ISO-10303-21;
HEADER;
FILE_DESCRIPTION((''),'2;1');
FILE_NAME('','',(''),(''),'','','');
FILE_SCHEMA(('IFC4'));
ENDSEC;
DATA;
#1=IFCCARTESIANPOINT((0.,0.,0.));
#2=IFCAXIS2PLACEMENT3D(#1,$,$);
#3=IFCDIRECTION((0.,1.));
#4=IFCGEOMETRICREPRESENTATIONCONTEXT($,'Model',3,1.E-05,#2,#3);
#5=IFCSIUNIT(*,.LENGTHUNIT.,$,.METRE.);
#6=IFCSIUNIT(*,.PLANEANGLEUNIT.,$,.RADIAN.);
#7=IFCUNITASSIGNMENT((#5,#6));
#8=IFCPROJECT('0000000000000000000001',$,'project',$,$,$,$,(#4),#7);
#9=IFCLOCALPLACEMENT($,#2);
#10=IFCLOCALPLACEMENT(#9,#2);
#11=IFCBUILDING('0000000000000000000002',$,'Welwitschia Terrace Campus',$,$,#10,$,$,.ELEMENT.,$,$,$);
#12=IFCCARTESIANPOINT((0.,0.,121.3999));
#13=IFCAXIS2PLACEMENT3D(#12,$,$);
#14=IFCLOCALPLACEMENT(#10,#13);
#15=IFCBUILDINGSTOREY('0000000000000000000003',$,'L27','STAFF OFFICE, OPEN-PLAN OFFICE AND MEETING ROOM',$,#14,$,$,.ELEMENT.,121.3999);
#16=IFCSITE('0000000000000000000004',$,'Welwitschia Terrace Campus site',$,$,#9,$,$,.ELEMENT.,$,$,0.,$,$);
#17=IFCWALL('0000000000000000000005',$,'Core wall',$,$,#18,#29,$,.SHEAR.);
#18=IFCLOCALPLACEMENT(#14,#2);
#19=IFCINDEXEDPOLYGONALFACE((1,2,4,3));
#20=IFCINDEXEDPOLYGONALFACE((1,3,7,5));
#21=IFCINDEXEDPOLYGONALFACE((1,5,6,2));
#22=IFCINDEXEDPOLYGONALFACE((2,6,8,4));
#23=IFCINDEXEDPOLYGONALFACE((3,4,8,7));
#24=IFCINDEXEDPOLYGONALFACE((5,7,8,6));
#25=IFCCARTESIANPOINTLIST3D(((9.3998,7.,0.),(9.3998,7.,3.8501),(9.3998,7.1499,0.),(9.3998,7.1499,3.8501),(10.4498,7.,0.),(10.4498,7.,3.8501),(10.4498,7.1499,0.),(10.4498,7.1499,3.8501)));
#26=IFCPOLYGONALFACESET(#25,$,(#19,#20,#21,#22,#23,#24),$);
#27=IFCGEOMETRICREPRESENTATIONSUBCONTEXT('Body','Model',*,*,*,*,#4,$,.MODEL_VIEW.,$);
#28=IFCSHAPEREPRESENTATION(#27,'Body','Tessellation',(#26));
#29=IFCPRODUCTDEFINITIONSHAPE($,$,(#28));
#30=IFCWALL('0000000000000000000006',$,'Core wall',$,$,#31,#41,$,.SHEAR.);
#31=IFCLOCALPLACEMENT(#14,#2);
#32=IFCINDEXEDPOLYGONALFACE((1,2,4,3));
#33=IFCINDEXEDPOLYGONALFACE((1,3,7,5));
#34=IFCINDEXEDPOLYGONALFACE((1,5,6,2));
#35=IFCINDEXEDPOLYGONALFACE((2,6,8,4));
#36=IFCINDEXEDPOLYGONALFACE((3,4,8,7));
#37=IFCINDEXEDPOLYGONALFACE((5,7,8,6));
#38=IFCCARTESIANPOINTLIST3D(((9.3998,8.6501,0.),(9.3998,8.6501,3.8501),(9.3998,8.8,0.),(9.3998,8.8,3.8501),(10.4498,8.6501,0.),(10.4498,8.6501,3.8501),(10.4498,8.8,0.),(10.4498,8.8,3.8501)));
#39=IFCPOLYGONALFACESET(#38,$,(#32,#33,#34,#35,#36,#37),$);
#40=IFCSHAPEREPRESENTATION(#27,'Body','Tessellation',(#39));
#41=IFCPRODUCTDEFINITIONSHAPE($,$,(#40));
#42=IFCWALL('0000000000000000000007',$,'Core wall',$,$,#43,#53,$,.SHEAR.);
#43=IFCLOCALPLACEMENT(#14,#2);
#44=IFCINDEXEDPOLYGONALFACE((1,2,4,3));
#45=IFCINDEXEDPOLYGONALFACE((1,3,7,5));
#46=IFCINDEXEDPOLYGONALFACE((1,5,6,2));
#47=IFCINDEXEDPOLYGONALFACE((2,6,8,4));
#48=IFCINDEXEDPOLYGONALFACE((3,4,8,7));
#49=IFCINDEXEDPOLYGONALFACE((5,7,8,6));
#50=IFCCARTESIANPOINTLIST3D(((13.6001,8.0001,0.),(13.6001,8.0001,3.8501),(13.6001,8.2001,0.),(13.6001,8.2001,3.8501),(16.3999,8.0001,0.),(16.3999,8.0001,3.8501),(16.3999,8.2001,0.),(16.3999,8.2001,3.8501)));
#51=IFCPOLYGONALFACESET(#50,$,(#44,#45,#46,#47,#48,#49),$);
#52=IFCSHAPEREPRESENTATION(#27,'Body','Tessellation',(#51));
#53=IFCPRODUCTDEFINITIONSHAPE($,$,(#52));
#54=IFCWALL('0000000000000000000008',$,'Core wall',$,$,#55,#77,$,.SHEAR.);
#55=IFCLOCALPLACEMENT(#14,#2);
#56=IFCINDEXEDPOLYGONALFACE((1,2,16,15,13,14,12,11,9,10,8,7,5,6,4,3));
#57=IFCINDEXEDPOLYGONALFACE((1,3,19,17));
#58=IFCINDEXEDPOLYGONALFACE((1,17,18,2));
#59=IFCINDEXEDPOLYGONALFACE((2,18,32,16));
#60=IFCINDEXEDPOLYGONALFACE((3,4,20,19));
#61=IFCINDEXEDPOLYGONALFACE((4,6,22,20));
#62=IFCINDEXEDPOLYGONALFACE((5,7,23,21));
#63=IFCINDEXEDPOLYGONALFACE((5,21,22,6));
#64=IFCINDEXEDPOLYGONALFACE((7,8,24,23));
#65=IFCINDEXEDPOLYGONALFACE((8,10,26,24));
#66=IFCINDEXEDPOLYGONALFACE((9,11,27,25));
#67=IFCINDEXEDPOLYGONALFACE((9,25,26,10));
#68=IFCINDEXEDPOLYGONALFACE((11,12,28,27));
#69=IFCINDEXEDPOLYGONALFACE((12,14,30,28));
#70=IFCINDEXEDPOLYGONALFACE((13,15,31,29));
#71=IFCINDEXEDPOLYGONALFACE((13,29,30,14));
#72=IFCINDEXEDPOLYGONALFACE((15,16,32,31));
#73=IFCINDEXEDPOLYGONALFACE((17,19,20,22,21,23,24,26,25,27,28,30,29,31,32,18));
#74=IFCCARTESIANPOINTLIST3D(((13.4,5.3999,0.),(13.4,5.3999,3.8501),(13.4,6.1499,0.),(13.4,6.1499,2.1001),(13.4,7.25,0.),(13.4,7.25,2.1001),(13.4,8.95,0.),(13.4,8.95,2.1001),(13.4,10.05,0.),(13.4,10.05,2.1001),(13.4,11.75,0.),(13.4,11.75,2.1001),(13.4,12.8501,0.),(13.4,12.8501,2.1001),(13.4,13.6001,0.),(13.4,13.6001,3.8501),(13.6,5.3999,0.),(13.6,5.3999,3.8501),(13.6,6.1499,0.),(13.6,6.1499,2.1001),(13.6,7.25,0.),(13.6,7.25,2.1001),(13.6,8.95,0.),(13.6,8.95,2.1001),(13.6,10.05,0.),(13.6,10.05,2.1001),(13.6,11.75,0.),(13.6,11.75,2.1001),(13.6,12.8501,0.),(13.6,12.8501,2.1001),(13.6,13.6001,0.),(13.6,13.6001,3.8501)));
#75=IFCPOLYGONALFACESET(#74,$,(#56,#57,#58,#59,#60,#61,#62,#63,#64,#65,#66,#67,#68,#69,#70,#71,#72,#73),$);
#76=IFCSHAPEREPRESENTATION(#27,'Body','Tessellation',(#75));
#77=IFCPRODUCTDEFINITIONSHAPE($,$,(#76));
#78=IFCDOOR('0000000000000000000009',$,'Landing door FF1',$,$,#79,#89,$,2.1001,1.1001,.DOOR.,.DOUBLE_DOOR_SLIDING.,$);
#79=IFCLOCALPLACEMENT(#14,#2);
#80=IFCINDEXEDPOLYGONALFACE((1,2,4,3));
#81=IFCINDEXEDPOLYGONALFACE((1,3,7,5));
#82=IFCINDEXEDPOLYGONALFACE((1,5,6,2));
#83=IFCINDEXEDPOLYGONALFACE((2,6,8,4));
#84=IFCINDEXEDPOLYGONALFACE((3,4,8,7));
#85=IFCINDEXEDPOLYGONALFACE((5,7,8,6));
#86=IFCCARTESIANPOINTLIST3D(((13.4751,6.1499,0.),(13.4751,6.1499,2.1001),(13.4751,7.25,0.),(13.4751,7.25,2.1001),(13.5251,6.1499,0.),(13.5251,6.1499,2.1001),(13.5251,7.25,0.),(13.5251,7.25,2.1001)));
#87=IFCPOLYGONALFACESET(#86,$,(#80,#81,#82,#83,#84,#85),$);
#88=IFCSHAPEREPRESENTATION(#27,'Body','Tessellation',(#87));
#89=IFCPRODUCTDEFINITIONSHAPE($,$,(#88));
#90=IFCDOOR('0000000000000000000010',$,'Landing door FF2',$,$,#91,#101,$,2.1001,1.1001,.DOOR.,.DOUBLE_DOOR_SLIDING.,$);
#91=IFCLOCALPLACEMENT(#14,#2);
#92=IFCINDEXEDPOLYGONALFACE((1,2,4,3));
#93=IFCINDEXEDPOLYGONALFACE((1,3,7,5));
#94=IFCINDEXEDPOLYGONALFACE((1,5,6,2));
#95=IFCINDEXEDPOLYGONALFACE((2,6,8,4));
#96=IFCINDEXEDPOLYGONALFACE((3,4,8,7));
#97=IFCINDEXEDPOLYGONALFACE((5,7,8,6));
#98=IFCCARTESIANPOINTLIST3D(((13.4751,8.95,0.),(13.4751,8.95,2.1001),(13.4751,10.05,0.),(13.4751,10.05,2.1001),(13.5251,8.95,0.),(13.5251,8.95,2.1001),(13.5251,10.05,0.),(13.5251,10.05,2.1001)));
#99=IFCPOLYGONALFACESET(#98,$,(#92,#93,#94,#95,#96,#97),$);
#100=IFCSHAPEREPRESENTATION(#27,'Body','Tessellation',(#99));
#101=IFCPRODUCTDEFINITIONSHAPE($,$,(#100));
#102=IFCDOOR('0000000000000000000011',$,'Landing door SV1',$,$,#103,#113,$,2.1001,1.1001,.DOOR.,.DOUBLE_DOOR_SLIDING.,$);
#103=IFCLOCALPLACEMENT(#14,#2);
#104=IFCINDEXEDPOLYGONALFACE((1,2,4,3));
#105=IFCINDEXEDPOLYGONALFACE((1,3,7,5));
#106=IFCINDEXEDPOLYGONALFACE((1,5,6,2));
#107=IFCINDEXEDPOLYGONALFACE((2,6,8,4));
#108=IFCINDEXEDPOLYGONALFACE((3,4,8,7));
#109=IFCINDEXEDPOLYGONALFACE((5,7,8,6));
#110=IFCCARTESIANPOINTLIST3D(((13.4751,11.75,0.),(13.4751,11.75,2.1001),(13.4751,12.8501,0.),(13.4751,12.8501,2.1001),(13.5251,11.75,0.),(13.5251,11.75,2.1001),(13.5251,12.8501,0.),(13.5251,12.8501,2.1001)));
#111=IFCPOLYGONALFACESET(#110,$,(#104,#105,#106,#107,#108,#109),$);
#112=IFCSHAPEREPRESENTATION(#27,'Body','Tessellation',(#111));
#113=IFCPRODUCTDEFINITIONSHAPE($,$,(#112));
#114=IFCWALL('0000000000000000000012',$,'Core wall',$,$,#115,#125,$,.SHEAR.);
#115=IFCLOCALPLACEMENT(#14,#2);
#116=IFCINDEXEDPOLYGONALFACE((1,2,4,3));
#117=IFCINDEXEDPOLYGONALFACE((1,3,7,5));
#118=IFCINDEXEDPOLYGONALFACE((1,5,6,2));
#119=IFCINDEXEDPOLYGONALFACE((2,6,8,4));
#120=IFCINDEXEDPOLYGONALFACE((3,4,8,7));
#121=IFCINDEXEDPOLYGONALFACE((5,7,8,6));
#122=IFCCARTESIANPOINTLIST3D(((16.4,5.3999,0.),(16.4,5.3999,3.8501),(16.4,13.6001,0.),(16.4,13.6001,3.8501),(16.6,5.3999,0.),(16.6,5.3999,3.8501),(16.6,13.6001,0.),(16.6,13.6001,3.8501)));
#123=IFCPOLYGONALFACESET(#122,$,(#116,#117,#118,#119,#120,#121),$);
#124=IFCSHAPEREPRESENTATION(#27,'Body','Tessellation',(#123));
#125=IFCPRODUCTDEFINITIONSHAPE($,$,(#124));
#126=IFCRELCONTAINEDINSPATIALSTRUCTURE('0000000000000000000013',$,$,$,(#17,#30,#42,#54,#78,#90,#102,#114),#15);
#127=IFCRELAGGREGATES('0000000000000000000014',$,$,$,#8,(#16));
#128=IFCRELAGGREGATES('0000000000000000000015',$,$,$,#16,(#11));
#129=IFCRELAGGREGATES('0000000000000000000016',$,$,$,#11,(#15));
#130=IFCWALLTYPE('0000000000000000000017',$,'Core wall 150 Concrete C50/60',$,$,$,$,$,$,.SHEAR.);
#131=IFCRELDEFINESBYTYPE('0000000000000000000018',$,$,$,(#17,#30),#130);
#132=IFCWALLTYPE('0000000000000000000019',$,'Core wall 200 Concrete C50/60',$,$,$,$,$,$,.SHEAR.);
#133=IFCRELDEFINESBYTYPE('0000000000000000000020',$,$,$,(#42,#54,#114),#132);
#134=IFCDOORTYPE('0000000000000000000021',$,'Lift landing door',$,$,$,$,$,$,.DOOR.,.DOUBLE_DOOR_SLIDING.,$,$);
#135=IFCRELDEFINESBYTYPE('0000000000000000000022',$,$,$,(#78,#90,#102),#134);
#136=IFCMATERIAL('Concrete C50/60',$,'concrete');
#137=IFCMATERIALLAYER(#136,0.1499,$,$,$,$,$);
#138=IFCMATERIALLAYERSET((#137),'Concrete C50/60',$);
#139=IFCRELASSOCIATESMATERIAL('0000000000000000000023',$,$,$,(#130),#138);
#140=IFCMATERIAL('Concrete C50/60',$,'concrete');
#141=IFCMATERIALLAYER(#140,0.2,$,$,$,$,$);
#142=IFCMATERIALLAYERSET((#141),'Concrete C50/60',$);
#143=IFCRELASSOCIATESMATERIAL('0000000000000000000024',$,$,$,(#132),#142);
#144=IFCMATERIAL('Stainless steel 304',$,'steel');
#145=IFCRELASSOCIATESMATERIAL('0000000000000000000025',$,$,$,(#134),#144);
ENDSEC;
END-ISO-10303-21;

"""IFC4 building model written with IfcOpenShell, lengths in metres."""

from ifc_helpers import new_model, si_unit, direction, frame, frame_2d, origin, place, context, subcontext, project, spatial, rectangle, extrude, material, layer, layer_set, type_object, element, fill, save


model = new_model("IFC4")

# Units and contexts
model_context = context("Model", 3, precision=1e-05, world=origin(), true_north=direction((0.0, 1.0)))
body_context = subcontext(model_context, "Body", "Model", "MODEL_VIEW")
ifc_project = project(units=[si_unit("LENGTHUNIT", "METRE"), si_unit("PLANEANGLEUNIT", "RADIAN")], contexts=[model_context])

# Site, building, storey
site_placement = place(None, origin())
site = spatial("IfcSite", under=ifc_project, at=site_placement, Name="Welwitschia Terrace Campus site", CompositionType="ELEMENT", RefElevation=0.0)
building_placement = place(site_placement, origin())
building = spatial("IfcBuilding", under=site, at=building_placement, Name="Welwitschia Terrace Campus", CompositionType="ELEMENT")
storey_placement = place(building_placement, frame((0.0, 0.0, 121.3999)))
storey = spatial("IfcBuildingStorey", under=building, at=storey_placement, Name="L27", Description="STAFF OFFICE, OPEN-PLAN OFFICE AND MEETING ROOM", CompositionType="ELEMENT", Elevation=121.3999)

# Walls
ifc_material_1 = material(Name="Concrete C50/60", Category="concrete")
ifc_layer_1 = layer(ifc_material_1, 0.1499)
ifc_layer_set_1 = layer_set([ifc_layer_1], Name="Concrete C50/60")
wall_type_1 = type_object("IfcWallType", Name="Core wall 150 Concrete C50/60", PredefinedType="SHEAR", material=ifc_layer_set_1)
for number, where, z_axis, x_axis, name in (
    (1, (9.3999, 7.075, 0.0), (0.0, 0.0, 1.0), (1.0, 0.0, 0.0), "Core wall"),
    (2, (9.3999, 8.7251, 0.0), (0.0, 0.0, 1.0), (1.0, 0.0, 0.0), "Core wall"),
):
    element("IfcWall", number, at=place(storey_placement, frame(where, z_axis=z_axis, x_axis=x_axis)), inside=storey, type_object=wall_type_1, Name=name, PredefinedType="SHEAR", context=body_context, shape_type="SweptSolid", body=[
        extrude(rectangle(XDim=1.05, YDim=0.1499, at=frame_2d((0.5249, 0.0))), origin(), (0.0, 0.0, 1.0), 3.8501),
    ])
ifc_material_2 = material(Name="Concrete C50/60", Category="concrete")
ifc_layer_2 = layer(ifc_material_2, 0.2)
ifc_layer_set_2 = layer_set([ifc_layer_2], Name="Concrete C50/60")
wall_type_2 = type_object("IfcWallType", Name="Core wall 200 Concrete C50/60", PredefinedType="SHEAR", material=ifc_layer_set_2)
wall_1_placement = place(storey_placement, frame((13.6001, 8.1001, 0.0), z_axis=(0.0, 0.0, 1.0), x_axis=(1.0, 0.0, 0.0)))
element("IfcWall", 3, at=wall_1_placement, inside=storey, type_object=wall_type_2, Name="Core wall", PredefinedType="SHEAR", context=body_context, shape_type="SweptSolid", body=[
    extrude(rectangle(XDim=2.7998, YDim=0.2, at=frame_2d((1.3999, 0.0))), origin(), (0.0, 0.0, 1.0), 3.8501),
])

# Wall, openings, doors
wall_2_placement = place(storey_placement, frame((13.5, 5.3999, 0.0), z_axis=(0.0, 0.0, 1.0), x_axis=(0.0, 1.0, 0.0)))
wall_2 = element("IfcWall", 4, at=wall_2_placement, inside=storey, type_object=wall_type_2, Name="Core wall", PredefinedType="SHEAR", context=body_context, shape_type="SweptSolid", body=[
    extrude(rectangle(XDim=8.2002, YDim=0.2, at=frame_2d((4.1001, 0.0))), origin(), (0.0, 0.0, 1.0), 3.8501),
])
opening_1_placement = place(wall_2_placement, frame((0.75, 0.0, 0.0)))
opening_1 = element("IfcOpeningElement", 5, at=opening_1_placement, cuts=wall_2, PredefinedType="OPENING", context=body_context, shape_type="SweptSolid", body=[
    extrude(rectangle(XDim=1.1001, YDim=2.1001, at=frame_2d((0.55, 1.05))), frame((0.0, 0.1099, 0.0), z_axis=(0.0, -1.0, 0.0), x_axis=(1.0, 0.0, 0.0)), (0.0, 0.0, 1.0), 0.22),
])
opening_2_placement = place(wall_2_placement, frame((3.55, 0.0, 0.0)))
opening_2 = element("IfcOpeningElement", 6, at=opening_2_placement, cuts=wall_2, PredefinedType="OPENING", context=body_context, shape_type="SweptSolid", body=[
    extrude(rectangle(XDim=1.1001, YDim=2.1001, at=frame_2d((0.55, 1.05))), frame((0.0, 0.1099, 0.0), z_axis=(0.0, -1.0, 0.0), x_axis=(1.0, 0.0, 0.0)), (0.0, 0.0, 1.0), 0.22),
])
opening_3_placement = place(wall_2_placement, frame((6.3501, 0.0, 0.0)))
opening_3 = element("IfcOpeningElement", 7, at=opening_3_placement, cuts=wall_2, PredefinedType="OPENING", context=body_context, shape_type="SweptSolid", body=[
    extrude(rectangle(XDim=1.1001, YDim=2.1001, at=frame_2d((0.55, 1.05))), frame((0.0, 0.1099, 0.0), z_axis=(0.0, -1.0, 0.0), x_axis=(1.0, 0.0, 0.0)), (0.0, 0.0, 1.0), 0.22),
])
ifc_material_3 = material(Name="Stainless steel 304", Category="steel")
door_type_1 = type_object("IfcDoorType", Name="Lift landing door", OperationType="DOUBLE_DOOR_SLIDING", PredefinedType="DOOR", material=ifc_material_3)
door_1_placement = place(opening_1_placement, origin())
door_1 = element("IfcDoor", 8, at=door_1_placement, inside=storey, type_object=door_type_1, Name="Landing door FF1", OperationType="DOUBLE_DOOR_SLIDING", OverallHeight=2.1001, OverallWidth=1.1001, PredefinedType="DOOR", context=body_context, shape_type="SweptSolid", body=[
    extrude(rectangle(XDim=1.1001, YDim=2.1001, at=frame_2d((0.55, 1.05))), frame((0.0, 0.0249, 0.0), z_axis=(0.0, -1.0, 0.0), x_axis=(1.0, 0.0, 0.0)), (0.0, 0.0, 1.0), 0.05),
])
fill(opening_1, door_1)
door_2_placement = place(opening_2_placement, origin())
door_2 = element("IfcDoor", 9, at=door_2_placement, inside=storey, type_object=door_type_1, Name="Landing door FF2", OperationType="DOUBLE_DOOR_SLIDING", OverallHeight=2.1001, OverallWidth=1.1001, PredefinedType="DOOR", context=body_context, shape_type="SweptSolid", body=[
    extrude(rectangle(XDim=1.1001, YDim=2.1001, at=frame_2d((0.55, 1.05))), frame((0.0, 0.0249, 0.0), z_axis=(0.0, -1.0, 0.0), x_axis=(1.0, 0.0, 0.0)), (0.0, 0.0, 1.0), 0.05),
])
fill(opening_2, door_2)
door_3_placement = place(opening_3_placement, origin())
door_3 = element("IfcDoor", 10, at=door_3_placement, inside=storey, type_object=door_type_1, Name="Landing door SV1", OperationType="DOUBLE_DOOR_SLIDING", OverallHeight=2.1001, OverallWidth=1.1001, PredefinedType="DOOR", context=body_context, shape_type="SweptSolid", body=[
    extrude(rectangle(XDim=1.1001, YDim=2.1001, at=frame_2d((0.55, 1.05))), frame((0.0, 0.0249, 0.0), z_axis=(0.0, -1.0, 0.0), x_axis=(1.0, 0.0, 0.0)), (0.0, 0.0, 1.0), 0.05),
])
fill(opening_3, door_3)

# Wall
wall_3_placement = place(storey_placement, frame((16.5, 5.3999, 0.0), z_axis=(0.0, 0.0, 1.0), x_axis=(0.0, 1.0, 0.0)))
element("IfcWall", 11, at=wall_3_placement, inside=storey, type_object=wall_type_2, Name="Core wall", PredefinedType="SHEAR", context=body_context, shape_type="SweptSolid", body=[
    extrude(rectangle(XDim=8.2002, YDim=0.2, at=frame_2d((4.1001, 0.0))), origin(), (0.0, 0.0, 1.0), 3.8501),
])

save(model, "model.ifc")
